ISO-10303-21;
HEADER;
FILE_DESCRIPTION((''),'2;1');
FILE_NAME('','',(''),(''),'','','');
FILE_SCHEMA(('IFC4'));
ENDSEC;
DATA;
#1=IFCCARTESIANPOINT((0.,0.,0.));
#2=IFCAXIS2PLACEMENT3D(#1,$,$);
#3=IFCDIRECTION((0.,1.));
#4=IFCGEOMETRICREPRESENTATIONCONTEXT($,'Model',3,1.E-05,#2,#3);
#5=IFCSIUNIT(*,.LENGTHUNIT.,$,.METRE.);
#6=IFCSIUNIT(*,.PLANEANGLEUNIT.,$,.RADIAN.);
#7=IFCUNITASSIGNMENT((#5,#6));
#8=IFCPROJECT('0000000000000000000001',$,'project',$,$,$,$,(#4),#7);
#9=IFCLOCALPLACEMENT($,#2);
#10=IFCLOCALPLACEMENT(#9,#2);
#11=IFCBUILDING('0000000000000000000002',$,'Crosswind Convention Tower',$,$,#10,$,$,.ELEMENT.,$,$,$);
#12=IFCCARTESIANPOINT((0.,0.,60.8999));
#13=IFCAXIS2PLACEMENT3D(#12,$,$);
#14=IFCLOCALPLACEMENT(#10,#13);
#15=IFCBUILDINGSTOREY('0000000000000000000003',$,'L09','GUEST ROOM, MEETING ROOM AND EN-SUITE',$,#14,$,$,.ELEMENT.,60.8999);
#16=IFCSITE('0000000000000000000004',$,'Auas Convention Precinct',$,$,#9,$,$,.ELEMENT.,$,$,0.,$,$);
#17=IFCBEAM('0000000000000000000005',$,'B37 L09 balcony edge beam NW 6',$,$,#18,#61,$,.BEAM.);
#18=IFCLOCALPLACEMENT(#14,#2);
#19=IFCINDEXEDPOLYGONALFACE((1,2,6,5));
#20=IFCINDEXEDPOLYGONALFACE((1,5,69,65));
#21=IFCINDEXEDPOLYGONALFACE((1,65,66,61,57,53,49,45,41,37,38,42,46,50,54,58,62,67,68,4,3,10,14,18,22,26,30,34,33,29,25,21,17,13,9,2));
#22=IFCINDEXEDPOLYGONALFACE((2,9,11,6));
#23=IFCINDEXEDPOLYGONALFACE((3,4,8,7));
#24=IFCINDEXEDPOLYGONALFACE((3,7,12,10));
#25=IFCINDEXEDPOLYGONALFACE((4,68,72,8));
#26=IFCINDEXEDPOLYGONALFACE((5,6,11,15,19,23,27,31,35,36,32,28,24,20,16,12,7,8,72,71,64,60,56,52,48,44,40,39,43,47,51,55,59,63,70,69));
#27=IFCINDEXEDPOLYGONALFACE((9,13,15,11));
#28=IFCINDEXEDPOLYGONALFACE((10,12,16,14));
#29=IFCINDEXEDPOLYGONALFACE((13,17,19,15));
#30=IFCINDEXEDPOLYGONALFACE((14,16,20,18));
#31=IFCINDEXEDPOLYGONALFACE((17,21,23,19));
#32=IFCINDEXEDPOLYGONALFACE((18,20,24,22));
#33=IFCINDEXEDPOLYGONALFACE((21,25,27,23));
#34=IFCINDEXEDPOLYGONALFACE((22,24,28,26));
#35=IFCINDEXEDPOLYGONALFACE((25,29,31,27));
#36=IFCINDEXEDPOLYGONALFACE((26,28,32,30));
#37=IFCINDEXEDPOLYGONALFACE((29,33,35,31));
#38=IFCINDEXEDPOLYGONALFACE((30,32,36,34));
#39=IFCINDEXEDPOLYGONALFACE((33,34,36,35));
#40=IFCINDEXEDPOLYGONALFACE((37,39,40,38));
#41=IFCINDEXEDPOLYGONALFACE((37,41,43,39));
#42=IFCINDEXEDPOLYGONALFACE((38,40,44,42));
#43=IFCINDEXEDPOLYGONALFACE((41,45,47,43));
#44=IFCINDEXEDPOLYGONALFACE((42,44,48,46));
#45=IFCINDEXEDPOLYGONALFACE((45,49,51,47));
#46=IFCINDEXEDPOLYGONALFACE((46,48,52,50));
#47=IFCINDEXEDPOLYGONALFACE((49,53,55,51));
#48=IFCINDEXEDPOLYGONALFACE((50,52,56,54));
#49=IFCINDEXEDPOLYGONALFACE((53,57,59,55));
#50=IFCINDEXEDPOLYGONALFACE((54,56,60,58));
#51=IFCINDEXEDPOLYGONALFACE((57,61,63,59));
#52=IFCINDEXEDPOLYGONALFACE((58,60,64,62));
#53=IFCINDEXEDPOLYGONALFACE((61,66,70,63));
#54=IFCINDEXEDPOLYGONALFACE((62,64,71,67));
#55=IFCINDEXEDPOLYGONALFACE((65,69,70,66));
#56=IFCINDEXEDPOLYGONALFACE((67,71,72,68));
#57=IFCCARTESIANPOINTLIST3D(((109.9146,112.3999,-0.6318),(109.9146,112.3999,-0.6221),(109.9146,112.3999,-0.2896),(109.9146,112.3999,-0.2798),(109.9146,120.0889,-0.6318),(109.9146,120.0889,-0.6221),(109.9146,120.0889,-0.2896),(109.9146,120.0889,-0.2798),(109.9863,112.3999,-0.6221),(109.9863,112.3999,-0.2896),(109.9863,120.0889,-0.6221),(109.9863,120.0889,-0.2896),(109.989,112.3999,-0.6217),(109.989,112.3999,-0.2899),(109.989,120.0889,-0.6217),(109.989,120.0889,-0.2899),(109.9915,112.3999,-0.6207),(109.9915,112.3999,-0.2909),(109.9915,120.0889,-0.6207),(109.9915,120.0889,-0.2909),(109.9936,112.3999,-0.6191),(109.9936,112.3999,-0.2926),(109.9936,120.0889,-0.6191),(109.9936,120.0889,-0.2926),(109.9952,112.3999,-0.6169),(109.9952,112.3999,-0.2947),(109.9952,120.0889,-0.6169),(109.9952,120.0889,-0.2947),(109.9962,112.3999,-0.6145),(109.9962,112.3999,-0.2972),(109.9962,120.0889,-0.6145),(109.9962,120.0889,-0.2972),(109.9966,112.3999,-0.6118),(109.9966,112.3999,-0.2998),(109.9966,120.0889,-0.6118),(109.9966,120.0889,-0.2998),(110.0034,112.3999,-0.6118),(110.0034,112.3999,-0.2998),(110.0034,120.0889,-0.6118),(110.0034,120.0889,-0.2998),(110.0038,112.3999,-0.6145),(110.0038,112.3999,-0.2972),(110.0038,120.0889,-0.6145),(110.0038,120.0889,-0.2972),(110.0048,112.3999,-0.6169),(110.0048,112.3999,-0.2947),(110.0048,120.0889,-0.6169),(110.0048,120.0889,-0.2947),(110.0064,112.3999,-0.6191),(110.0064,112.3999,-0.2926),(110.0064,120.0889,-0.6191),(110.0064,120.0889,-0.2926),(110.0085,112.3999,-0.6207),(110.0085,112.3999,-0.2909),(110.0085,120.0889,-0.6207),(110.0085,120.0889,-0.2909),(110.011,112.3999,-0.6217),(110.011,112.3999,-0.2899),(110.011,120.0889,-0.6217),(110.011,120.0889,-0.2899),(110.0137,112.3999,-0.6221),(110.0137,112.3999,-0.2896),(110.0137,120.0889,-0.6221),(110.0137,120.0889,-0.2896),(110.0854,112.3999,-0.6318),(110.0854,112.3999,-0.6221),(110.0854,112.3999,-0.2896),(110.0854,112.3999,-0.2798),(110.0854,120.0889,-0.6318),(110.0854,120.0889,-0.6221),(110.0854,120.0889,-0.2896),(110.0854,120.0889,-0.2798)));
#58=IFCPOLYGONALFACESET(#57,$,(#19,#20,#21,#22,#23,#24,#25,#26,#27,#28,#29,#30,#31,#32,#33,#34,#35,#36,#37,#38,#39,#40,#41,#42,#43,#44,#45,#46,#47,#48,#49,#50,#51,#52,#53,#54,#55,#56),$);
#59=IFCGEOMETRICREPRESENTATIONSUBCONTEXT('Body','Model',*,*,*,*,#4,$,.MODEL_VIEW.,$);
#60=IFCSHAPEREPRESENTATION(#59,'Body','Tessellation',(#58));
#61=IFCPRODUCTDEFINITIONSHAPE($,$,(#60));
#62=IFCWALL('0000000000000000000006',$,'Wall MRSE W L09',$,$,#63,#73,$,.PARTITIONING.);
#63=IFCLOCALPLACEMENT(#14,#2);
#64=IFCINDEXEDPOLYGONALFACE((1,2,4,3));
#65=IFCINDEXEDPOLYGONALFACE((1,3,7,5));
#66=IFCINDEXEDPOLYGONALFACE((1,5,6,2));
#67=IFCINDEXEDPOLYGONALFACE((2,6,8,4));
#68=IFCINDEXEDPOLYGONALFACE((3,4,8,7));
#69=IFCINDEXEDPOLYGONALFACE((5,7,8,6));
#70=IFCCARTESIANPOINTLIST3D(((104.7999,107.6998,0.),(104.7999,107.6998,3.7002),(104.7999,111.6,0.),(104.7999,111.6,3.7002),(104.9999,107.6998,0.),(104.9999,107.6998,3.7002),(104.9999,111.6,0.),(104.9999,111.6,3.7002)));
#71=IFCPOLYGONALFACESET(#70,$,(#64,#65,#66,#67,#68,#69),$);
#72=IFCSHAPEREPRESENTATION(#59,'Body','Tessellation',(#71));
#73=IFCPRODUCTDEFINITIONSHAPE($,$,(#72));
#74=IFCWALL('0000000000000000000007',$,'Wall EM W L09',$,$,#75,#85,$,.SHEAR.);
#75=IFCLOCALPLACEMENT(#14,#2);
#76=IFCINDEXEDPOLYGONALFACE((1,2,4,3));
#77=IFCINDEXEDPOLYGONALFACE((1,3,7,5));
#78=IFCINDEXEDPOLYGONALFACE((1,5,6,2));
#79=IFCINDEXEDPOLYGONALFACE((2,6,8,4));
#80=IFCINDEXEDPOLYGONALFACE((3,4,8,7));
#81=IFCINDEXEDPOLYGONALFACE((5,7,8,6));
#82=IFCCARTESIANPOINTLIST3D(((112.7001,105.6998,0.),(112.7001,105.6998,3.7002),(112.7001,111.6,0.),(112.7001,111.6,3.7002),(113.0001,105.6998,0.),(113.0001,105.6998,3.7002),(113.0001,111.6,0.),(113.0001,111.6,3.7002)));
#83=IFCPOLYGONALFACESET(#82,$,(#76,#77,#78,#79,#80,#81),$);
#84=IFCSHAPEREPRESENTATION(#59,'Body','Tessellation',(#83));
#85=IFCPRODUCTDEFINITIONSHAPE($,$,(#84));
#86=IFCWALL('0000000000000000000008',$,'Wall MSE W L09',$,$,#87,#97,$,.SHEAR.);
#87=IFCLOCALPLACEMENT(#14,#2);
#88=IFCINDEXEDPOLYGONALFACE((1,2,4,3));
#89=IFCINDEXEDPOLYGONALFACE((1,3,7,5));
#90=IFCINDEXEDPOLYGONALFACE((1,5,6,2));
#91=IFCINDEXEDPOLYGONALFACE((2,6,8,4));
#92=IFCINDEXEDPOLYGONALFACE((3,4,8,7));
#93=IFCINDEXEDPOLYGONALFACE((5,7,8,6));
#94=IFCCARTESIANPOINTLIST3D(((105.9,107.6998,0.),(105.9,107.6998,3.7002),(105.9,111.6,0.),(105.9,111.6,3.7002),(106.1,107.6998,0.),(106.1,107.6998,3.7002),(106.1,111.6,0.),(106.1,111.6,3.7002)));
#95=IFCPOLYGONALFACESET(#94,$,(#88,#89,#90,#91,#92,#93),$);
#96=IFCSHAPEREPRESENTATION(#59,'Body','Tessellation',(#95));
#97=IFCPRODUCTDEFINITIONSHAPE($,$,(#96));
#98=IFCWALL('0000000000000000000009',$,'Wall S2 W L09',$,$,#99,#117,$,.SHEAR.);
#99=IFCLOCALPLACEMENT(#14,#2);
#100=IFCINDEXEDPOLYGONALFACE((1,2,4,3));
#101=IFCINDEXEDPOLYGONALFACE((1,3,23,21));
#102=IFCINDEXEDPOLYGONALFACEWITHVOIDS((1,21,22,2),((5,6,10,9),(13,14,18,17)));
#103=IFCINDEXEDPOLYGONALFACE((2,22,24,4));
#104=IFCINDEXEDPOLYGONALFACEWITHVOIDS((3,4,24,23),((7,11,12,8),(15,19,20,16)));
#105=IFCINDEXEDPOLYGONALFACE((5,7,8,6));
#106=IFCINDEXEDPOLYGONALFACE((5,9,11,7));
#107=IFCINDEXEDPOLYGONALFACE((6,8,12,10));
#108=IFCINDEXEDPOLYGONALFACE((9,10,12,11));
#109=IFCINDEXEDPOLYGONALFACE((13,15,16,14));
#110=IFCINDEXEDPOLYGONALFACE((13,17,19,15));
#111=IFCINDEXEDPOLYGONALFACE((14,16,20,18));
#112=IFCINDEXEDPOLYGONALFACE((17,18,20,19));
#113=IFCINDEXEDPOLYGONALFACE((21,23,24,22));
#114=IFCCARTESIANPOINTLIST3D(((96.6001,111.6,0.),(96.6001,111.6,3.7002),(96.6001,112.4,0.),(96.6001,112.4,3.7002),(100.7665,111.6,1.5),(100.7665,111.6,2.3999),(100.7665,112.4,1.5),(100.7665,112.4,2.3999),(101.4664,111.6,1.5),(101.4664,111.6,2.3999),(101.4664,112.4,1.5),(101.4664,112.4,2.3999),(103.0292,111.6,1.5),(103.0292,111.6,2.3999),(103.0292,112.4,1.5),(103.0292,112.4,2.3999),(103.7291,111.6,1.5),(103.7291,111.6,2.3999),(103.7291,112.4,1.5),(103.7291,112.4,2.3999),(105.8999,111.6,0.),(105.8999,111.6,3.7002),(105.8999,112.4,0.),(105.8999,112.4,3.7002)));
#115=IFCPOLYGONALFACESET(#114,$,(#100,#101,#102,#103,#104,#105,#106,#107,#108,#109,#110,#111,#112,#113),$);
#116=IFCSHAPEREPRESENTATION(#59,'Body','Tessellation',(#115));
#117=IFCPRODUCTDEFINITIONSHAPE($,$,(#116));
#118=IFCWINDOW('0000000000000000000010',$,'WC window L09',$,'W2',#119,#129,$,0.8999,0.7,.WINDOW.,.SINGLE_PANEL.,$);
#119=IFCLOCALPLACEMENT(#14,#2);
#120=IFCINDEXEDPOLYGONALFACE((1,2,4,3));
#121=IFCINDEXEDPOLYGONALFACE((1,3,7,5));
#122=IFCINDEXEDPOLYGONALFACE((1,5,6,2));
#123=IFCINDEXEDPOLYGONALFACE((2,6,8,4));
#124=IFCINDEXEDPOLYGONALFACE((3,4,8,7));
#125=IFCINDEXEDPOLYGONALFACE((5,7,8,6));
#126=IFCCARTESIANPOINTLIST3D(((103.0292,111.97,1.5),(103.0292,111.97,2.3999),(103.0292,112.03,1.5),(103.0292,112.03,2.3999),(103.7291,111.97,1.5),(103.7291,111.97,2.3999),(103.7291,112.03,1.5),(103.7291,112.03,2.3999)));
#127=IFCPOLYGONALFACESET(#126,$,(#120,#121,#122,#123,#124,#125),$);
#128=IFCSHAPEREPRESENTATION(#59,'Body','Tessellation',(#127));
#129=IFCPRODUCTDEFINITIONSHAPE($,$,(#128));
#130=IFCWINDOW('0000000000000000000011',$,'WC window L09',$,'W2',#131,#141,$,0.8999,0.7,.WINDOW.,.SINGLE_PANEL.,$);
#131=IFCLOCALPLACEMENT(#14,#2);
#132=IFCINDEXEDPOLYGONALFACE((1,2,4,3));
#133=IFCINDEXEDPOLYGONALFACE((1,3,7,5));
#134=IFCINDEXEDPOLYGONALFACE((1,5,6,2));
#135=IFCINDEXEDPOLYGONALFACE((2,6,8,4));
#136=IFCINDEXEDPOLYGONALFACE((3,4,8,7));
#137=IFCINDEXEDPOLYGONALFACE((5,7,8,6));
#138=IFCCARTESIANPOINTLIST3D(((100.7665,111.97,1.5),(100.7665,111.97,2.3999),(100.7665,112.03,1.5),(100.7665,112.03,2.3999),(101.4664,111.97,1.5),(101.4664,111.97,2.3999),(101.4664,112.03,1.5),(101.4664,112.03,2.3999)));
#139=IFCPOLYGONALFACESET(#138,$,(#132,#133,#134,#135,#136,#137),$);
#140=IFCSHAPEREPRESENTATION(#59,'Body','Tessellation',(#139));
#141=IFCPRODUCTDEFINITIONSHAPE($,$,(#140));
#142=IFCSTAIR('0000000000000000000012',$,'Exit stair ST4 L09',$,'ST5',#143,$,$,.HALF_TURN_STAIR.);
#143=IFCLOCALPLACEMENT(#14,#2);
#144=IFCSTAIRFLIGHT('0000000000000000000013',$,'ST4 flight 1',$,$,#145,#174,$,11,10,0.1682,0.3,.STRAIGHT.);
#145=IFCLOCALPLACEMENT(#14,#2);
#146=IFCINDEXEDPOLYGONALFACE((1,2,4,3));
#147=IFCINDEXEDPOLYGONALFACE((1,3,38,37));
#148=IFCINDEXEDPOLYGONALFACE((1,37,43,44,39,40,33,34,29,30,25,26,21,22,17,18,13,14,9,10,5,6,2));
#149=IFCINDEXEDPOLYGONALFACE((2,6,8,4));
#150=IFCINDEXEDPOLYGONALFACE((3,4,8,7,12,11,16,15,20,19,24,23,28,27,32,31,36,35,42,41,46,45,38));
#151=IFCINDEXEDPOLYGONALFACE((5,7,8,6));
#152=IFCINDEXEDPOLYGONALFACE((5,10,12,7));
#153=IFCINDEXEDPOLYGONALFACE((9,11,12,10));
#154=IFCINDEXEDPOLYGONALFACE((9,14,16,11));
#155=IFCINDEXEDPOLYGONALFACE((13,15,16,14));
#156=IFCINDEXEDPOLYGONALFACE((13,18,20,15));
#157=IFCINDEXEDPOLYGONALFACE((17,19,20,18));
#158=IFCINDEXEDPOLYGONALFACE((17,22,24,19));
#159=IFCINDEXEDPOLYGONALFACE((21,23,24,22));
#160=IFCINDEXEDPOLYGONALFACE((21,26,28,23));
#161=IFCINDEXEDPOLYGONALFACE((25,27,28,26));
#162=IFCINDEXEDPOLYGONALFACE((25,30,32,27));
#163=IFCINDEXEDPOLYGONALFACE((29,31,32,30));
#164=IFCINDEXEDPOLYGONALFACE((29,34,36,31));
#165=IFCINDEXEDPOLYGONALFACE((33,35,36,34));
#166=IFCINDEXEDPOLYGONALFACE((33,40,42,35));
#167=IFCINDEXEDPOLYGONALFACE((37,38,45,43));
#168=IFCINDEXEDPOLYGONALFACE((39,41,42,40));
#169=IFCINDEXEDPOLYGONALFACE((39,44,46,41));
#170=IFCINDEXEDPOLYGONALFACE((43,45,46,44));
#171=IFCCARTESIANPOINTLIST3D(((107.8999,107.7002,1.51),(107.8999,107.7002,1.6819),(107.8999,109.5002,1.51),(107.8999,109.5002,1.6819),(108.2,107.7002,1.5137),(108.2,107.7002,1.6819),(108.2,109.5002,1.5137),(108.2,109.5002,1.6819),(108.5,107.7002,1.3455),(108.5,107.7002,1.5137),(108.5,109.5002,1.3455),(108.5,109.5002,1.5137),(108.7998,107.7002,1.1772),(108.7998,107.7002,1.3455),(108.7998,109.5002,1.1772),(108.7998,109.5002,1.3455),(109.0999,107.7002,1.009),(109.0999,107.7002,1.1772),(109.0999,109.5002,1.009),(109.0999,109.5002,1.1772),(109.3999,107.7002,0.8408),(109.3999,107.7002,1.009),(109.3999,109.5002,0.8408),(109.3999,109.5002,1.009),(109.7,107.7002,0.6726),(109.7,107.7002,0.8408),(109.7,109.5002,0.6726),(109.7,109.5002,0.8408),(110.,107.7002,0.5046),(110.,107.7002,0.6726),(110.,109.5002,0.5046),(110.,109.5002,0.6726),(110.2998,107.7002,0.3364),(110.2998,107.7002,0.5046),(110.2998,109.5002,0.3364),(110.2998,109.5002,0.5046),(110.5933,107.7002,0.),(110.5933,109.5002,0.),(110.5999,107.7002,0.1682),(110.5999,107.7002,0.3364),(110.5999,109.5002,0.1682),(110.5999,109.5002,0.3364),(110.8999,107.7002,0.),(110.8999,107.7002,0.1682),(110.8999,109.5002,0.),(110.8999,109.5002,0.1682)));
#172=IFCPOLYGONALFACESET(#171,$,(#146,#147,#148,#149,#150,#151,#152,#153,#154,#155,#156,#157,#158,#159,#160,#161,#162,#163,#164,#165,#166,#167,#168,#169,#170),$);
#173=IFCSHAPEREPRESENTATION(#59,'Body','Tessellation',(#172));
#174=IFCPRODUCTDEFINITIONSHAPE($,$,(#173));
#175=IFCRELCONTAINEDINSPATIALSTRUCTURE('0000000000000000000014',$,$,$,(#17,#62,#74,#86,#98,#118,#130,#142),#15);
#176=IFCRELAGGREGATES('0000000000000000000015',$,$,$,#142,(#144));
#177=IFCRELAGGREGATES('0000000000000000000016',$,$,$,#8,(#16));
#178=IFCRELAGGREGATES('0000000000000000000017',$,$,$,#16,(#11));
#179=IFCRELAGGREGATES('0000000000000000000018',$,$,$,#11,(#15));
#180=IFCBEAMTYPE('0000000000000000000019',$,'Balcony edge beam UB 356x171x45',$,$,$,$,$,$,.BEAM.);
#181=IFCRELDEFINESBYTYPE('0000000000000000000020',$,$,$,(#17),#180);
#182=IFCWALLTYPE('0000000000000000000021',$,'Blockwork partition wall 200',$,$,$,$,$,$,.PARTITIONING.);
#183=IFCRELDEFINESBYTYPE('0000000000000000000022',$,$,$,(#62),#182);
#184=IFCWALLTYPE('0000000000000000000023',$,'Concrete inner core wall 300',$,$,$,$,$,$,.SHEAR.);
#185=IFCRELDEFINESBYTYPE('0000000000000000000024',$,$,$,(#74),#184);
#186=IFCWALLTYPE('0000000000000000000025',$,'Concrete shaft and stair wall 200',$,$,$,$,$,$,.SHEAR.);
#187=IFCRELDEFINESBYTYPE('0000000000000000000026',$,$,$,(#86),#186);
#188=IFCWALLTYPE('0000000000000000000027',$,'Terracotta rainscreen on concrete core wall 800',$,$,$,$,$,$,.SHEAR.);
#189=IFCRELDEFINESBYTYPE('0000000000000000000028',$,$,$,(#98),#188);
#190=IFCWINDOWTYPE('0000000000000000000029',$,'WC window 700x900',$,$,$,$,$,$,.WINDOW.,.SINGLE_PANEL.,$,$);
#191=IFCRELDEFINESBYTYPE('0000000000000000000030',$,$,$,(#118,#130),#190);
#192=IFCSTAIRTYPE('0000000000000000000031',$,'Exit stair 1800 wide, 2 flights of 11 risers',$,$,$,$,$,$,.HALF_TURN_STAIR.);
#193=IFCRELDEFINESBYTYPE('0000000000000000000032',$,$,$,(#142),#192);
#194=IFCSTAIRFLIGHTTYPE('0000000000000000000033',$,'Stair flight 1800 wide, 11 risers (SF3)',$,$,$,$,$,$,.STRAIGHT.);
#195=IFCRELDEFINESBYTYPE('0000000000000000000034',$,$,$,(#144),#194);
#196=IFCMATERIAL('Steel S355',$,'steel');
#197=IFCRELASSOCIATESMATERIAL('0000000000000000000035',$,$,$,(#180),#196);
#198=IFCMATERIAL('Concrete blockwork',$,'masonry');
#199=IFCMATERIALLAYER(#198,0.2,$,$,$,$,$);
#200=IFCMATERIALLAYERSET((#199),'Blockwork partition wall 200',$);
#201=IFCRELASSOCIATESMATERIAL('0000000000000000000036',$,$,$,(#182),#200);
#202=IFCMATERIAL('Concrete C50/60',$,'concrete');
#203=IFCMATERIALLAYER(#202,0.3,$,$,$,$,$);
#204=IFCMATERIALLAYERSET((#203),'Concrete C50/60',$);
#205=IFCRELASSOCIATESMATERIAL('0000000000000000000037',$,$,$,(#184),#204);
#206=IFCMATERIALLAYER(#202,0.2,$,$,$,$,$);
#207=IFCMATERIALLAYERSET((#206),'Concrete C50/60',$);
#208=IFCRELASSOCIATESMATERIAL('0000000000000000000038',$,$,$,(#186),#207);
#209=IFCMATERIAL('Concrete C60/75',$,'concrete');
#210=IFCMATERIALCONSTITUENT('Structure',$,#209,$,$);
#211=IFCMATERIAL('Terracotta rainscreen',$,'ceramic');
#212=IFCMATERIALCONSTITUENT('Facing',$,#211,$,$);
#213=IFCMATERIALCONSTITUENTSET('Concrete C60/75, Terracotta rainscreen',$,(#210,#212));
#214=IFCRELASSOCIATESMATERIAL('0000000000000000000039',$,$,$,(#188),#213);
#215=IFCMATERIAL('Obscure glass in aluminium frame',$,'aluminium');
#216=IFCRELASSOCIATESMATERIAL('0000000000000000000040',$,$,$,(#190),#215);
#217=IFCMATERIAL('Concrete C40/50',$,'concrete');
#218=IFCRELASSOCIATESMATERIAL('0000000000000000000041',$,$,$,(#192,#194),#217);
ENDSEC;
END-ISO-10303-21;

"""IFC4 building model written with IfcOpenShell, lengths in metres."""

from ifc_helpers import new_model, si_unit, direction, frame, frame_2d, origin, origin_2d, place, context, subcontext, project, spatial, polyline, rectangle, i_section, outline, extrude, material, layer, layer_set, constituent, constituent_set, material_profile, profile_set, type_object, element, fill, aggregate, save


model = new_model("IFC4")

# Units and contexts
model_context = context("Model", 3, precision=1e-05, world=origin(), true_north=direction((0.0, 1.0)))
body_context = subcontext(model_context, "Body", "Model", "MODEL_VIEW")
ifc_project = project(units=[si_unit("LENGTHUNIT", "METRE"), si_unit("PLANEANGLEUNIT", "RADIAN")], contexts=[model_context])

# Site, building, storey
site_placement = place(None, origin())
site = spatial("IfcSite", under=ifc_project, at=site_placement, Name="Auas Convention Precinct", CompositionType="ELEMENT", RefElevation=0.0)
building_placement = place(site_placement, origin())
building = spatial("IfcBuilding", under=site, at=building_placement, Name="Crosswind Convention Tower", CompositionType="ELEMENT")
storey_placement = place(building_placement, frame((0.0, 0.0, 60.8999)))
storey = spatial("IfcBuildingStorey", under=building, at=storey_placement, Name="L09", Description="GUEST ROOM, MEETING ROOM AND EN-SUITE", CompositionType="ELEMENT", Elevation=60.8999)

# Beam
ifc_material_1 = material(Name="Steel S355", Category="steel")
ifc_material_profile = material_profile(ifc_material_1, i_section(OverallWidth=0.1709, OverallDepth=0.3521, WebThickness=0.0068, FlangeThickness=0.0098, FilletRadius=0.0103, at=origin_2d()), Name="UB 356x171x45")
ifc_profile_set = profile_set([ifc_material_profile], Name="Steel S355")
beam_type = type_object("IfcBeamType", Name="Balcony edge beam UB 356x171x45", PredefinedType="BEAM", material=ifc_profile_set)
beam_placement = place(storey_placement, frame((110.0, 112.3999, -0.4558), z_axis=(0.0, 1.0, 0.0), x_axis=(-1.0, 0.0, 0.0)))
element("IfcBeam", 1, at=beam_placement, inside=storey, type_object=beam_type, Name="B37 L09 balcony edge beam NW 6", PredefinedType="BEAM", context=body_context, shape_type="SweptSolid", body=[
    extrude(i_section(OverallWidth=0.1709, OverallDepth=0.3521, WebThickness=0.0068, FlangeThickness=0.0098, FilletRadius=0.0103, at=origin_2d()), origin(), (0.0, 0.0, 1.0), 7.689),
])

# Walls
ifc_material_2 = material(Name="Concrete blockwork", Category="masonry")
ifc_layer_1 = layer(ifc_material_2, 0.2)
ifc_layer_set_1 = layer_set([ifc_layer_1], Name="Blockwork partition wall 200")
wall_type_1 = type_object("IfcWallType", Name="Blockwork partition wall 200", PredefinedType="PARTITIONING", material=ifc_layer_set_1)
wall_1_placement = place(storey_placement, frame((104.8999, 111.6001, 0.0), z_axis=(0.0, 0.0, 1.0), x_axis=(0.0, -1.0, 0.0)))
element("IfcWall", 2, at=wall_1_placement, inside=storey, type_object=wall_type_1, Name="Wall MRSE W L09", PredefinedType="PARTITIONING", context=body_context, shape_type="SweptSolid", body=[
    extrude(rectangle(XDim=3.9001, YDim=0.2, at=frame_2d((1.9502, 0.0))), origin(), (0.0, 0.0, 1.0), 3.7002),
])
ifc_material_3 = material(Name="Concrete C50/60", Category="concrete")
ifc_layer_2 = layer(ifc_material_3, 0.3)
ifc_layer_set_2 = layer_set([ifc_layer_2], Name="Concrete C50/60")
wall_type_2 = type_object("IfcWallType", Name="Concrete inner core wall 300", PredefinedType="SHEAR", material=ifc_layer_set_2)
wall_2_placement = place(storey_placement, frame((112.8501, 111.6001, 0.0), z_axis=(0.0, 0.0, 1.0), x_axis=(0.0, -1.0, 0.0)))
element("IfcWall", 3, at=wall_2_placement, inside=storey, type_object=wall_type_2, Name="Wall EM W L09", PredefinedType="SHEAR", context=body_context, shape_type="SweptSolid", body=[
    extrude(rectangle(XDim=5.9001, YDim=0.3, at=frame_2d((2.9502, 0.0))), origin(), (0.0, 0.0, 1.0), 3.7002),
])
ifc_layer_3 = layer(ifc_material_3, 0.2)
ifc_layer_set_3 = layer_set([ifc_layer_3], Name="Concrete C50/60")
wall_type_3 = type_object("IfcWallType", Name="Concrete shaft and stair wall 200", PredefinedType="SHEAR", material=ifc_layer_set_3)
wall_3_placement = place(storey_placement, frame((106.0, 111.6001, 0.0), z_axis=(0.0, 0.0, 1.0), x_axis=(0.0, -1.0, 0.0)))
element("IfcWall", 4, at=wall_3_placement, inside=storey, type_object=wall_type_3, Name="Wall MSE W L09", PredefinedType="SHEAR", context=body_context, shape_type="SweptSolid", body=[
    extrude(rectangle(XDim=3.9001, YDim=0.2, at=frame_2d((1.9502, 0.0))), origin(), (0.0, 0.0, 1.0), 3.7002),
])

# Wall, openings, windows
ifc_material_4 = material(Name="Concrete C60/75", Category="concrete")
ifc_constituent_1 = constituent(ifc_material_4, Name="Structure")
ifc_material_5 = material(Name="Terracotta rainscreen", Category="ceramic")
ifc_constituent_2 = constituent(ifc_material_5, Name="Facing")
ifc_constituent_set = constituent_set(constituents=[ifc_constituent_1, ifc_constituent_2], Name="Concrete C60/75, Terracotta rainscreen")
wall_type_4 = type_object("IfcWallType", Name="Terracotta rainscreen on concrete core wall 800", PredefinedType="SHEAR", material=ifc_constituent_set)
wall_4_placement = place(storey_placement, frame((105.8999, 112.0, 0.0), z_axis=(0.0, 0.0, 1.0), x_axis=(-1.0, 0.0, 0.0)))
wall_4 = element("IfcWall", 5, at=wall_4_placement, inside=storey, type_object=wall_type_4, Name="Wall S2 W L09", PredefinedType="SHEAR", context=body_context, shape_type="SweptSolid", body=[
    extrude(rectangle(XDim=9.2998, YDim=0.8, at=frame_2d((4.6499, 0.0))), origin(), (0.0, 0.0, 1.0), 3.7002),
])
opening_1_placement = place(wall_4_placement, frame((2.1707, 0.0, 1.5)))
opening_1 = element("IfcOpeningElement", 6, at=opening_1_placement, cuts=wall_4, PredefinedType="OPENING", context=body_context, shape_type="SweptSolid", body=[
    extrude(rectangle(XDim=0.7, YDim=0.8999, at=frame_2d((0.3501, 0.45))), frame((0.0, 0.4099, 0.0), z_axis=(0.0, -1.0, 0.0), x_axis=(1.0, 0.0, 0.0)), (0.0, 0.0, 1.0), 0.8201),
])
opening_2_placement = place(wall_4_placement, frame((4.4333, 0.0, 1.5)))
opening_2 = element("IfcOpeningElement", 7, at=opening_2_placement, cuts=wall_4, PredefinedType="OPENING", context=body_context, shape_type="SweptSolid", body=[
    extrude(rectangle(XDim=0.7, YDim=0.8999, at=frame_2d((0.3501, 0.45))), frame((0.0, 0.4099, 0.0), z_axis=(0.0, -1.0, 0.0), x_axis=(1.0, 0.0, 0.0)), (0.0, 0.0, 1.0), 0.8201),
])
ifc_material_6 = material(Name="Obscure glass in aluminium frame", Category="aluminium")
window_type = type_object("IfcWindowType", Name="WC window 700x900", PartitioningType="SINGLE_PANEL", PredefinedType="WINDOW", material=ifc_material_6)
window_1_placement = place(opening_1_placement, origin())
window_1 = element("IfcWindow", 8, at=window_1_placement, inside=storey, type_object=window_type, Name="WC window L09", ObjectType="W2", OverallHeight=0.8999, OverallWidth=0.7, PartitioningType="SINGLE_PANEL", PredefinedType="WINDOW", context=body_context, shape_type="SweptSolid", body=[
    extrude(rectangle(XDim=0.7, YDim=0.8999, at=frame_2d((0.3501, 0.45))), frame((0.0, 0.03, 0.0), z_axis=(0.0, -1.0, 0.0), x_axis=(1.0, 0.0, 0.0)), (0.0, 0.0, 1.0), 0.0601),
])
fill(opening_1, window_1)
window_2_placement = place(opening_2_placement, origin())
window_2 = element("IfcWindow", 9, at=window_2_placement, inside=storey, type_object=window_type, Name="WC window L09", ObjectType="W2", OverallHeight=0.8999, OverallWidth=0.7, PartitioningType="SINGLE_PANEL", PredefinedType="WINDOW", context=body_context, shape_type="SweptSolid", body=[
    extrude(rectangle(XDim=0.7, YDim=0.8999, at=frame_2d((0.3501, 0.45))), frame((0.0, 0.03, 0.0), z_axis=(0.0, -1.0, 0.0), x_axis=(1.0, 0.0, 0.0)), (0.0, 0.0, 1.0), 0.0601),
])
fill(opening_2, window_2)

# Stair, stair flight
ifc_material_7 = material(Name="Concrete C40/50", Category="concrete")
stair_type = type_object("IfcStairType", Name="Exit stair 1800 wide, 2 flights of 11 risers", PredefinedType="HALF_TURN_STAIR", material=ifc_material_7)
stair_placement = place(storey_placement, origin())
stair = element("IfcStair", 10, at=stair_placement, inside=storey, type_object=stair_type, Name="Exit stair ST4 L09", ObjectType="ST5", PredefinedType="HALF_TURN_STAIR")
stair_flight_type = type_object("IfcStairFlightType", Name="Stair flight 1800 wide, 11 risers (SF3)", PredefinedType="STRAIGHT", material=ifc_material_7)
stair_flight_1_placement = place(storey_placement, frame((110.8999, 108.6001, 0.0), z_axis=(0.0, 0.0, 1.0), x_axis=(-1.0, 0.0, 0.0)))
stair_flight_1 = element("IfcStairFlight", 11, at=stair_flight_1_placement, type_object=stair_flight_type, Name="ST4 flight 1", NumberOfRisers=11, NumberOfTreads=10, PredefinedType="STRAIGHT", RiserHeight=0.1682, TreadLength=0.3, context=body_context, shape_type="SweptSolid", body=[
    extrude(outline(polyline([(0.0, 0.0), (0.0, 0.1682), (0.3, 0.1682), (0.3, 0.3364), (0.6001, 0.3364), (0.6001, 0.5046), (0.8999, 0.5046), (0.8999, 0.6726), (1.2, 0.6726), (1.2, 0.8408), (1.5, 0.8408), (1.5, 1.009), (1.8, 1.009), (1.8, 1.1772), (2.1001, 1.1772), (2.1001, 1.3455), (2.3999, 1.3455), (2.3999, 1.5137), (2.7, 1.5137), (2.7, 1.6819), (3.0, 1.6819), (3.0, 1.8501), (3.0, 1.51), (0.3066, 0.0), (0.0, 0.0)])), frame((0.0, 0.8999, 0.0), z_axis=(0.0, -1.0, 0.0), x_axis=(1.0, 0.0, 0.0)), (0.0, 0.0, 1.0), 1.8),
])
aggregate(stair, [stair_flight_1])

save(model, "model.ifc")
